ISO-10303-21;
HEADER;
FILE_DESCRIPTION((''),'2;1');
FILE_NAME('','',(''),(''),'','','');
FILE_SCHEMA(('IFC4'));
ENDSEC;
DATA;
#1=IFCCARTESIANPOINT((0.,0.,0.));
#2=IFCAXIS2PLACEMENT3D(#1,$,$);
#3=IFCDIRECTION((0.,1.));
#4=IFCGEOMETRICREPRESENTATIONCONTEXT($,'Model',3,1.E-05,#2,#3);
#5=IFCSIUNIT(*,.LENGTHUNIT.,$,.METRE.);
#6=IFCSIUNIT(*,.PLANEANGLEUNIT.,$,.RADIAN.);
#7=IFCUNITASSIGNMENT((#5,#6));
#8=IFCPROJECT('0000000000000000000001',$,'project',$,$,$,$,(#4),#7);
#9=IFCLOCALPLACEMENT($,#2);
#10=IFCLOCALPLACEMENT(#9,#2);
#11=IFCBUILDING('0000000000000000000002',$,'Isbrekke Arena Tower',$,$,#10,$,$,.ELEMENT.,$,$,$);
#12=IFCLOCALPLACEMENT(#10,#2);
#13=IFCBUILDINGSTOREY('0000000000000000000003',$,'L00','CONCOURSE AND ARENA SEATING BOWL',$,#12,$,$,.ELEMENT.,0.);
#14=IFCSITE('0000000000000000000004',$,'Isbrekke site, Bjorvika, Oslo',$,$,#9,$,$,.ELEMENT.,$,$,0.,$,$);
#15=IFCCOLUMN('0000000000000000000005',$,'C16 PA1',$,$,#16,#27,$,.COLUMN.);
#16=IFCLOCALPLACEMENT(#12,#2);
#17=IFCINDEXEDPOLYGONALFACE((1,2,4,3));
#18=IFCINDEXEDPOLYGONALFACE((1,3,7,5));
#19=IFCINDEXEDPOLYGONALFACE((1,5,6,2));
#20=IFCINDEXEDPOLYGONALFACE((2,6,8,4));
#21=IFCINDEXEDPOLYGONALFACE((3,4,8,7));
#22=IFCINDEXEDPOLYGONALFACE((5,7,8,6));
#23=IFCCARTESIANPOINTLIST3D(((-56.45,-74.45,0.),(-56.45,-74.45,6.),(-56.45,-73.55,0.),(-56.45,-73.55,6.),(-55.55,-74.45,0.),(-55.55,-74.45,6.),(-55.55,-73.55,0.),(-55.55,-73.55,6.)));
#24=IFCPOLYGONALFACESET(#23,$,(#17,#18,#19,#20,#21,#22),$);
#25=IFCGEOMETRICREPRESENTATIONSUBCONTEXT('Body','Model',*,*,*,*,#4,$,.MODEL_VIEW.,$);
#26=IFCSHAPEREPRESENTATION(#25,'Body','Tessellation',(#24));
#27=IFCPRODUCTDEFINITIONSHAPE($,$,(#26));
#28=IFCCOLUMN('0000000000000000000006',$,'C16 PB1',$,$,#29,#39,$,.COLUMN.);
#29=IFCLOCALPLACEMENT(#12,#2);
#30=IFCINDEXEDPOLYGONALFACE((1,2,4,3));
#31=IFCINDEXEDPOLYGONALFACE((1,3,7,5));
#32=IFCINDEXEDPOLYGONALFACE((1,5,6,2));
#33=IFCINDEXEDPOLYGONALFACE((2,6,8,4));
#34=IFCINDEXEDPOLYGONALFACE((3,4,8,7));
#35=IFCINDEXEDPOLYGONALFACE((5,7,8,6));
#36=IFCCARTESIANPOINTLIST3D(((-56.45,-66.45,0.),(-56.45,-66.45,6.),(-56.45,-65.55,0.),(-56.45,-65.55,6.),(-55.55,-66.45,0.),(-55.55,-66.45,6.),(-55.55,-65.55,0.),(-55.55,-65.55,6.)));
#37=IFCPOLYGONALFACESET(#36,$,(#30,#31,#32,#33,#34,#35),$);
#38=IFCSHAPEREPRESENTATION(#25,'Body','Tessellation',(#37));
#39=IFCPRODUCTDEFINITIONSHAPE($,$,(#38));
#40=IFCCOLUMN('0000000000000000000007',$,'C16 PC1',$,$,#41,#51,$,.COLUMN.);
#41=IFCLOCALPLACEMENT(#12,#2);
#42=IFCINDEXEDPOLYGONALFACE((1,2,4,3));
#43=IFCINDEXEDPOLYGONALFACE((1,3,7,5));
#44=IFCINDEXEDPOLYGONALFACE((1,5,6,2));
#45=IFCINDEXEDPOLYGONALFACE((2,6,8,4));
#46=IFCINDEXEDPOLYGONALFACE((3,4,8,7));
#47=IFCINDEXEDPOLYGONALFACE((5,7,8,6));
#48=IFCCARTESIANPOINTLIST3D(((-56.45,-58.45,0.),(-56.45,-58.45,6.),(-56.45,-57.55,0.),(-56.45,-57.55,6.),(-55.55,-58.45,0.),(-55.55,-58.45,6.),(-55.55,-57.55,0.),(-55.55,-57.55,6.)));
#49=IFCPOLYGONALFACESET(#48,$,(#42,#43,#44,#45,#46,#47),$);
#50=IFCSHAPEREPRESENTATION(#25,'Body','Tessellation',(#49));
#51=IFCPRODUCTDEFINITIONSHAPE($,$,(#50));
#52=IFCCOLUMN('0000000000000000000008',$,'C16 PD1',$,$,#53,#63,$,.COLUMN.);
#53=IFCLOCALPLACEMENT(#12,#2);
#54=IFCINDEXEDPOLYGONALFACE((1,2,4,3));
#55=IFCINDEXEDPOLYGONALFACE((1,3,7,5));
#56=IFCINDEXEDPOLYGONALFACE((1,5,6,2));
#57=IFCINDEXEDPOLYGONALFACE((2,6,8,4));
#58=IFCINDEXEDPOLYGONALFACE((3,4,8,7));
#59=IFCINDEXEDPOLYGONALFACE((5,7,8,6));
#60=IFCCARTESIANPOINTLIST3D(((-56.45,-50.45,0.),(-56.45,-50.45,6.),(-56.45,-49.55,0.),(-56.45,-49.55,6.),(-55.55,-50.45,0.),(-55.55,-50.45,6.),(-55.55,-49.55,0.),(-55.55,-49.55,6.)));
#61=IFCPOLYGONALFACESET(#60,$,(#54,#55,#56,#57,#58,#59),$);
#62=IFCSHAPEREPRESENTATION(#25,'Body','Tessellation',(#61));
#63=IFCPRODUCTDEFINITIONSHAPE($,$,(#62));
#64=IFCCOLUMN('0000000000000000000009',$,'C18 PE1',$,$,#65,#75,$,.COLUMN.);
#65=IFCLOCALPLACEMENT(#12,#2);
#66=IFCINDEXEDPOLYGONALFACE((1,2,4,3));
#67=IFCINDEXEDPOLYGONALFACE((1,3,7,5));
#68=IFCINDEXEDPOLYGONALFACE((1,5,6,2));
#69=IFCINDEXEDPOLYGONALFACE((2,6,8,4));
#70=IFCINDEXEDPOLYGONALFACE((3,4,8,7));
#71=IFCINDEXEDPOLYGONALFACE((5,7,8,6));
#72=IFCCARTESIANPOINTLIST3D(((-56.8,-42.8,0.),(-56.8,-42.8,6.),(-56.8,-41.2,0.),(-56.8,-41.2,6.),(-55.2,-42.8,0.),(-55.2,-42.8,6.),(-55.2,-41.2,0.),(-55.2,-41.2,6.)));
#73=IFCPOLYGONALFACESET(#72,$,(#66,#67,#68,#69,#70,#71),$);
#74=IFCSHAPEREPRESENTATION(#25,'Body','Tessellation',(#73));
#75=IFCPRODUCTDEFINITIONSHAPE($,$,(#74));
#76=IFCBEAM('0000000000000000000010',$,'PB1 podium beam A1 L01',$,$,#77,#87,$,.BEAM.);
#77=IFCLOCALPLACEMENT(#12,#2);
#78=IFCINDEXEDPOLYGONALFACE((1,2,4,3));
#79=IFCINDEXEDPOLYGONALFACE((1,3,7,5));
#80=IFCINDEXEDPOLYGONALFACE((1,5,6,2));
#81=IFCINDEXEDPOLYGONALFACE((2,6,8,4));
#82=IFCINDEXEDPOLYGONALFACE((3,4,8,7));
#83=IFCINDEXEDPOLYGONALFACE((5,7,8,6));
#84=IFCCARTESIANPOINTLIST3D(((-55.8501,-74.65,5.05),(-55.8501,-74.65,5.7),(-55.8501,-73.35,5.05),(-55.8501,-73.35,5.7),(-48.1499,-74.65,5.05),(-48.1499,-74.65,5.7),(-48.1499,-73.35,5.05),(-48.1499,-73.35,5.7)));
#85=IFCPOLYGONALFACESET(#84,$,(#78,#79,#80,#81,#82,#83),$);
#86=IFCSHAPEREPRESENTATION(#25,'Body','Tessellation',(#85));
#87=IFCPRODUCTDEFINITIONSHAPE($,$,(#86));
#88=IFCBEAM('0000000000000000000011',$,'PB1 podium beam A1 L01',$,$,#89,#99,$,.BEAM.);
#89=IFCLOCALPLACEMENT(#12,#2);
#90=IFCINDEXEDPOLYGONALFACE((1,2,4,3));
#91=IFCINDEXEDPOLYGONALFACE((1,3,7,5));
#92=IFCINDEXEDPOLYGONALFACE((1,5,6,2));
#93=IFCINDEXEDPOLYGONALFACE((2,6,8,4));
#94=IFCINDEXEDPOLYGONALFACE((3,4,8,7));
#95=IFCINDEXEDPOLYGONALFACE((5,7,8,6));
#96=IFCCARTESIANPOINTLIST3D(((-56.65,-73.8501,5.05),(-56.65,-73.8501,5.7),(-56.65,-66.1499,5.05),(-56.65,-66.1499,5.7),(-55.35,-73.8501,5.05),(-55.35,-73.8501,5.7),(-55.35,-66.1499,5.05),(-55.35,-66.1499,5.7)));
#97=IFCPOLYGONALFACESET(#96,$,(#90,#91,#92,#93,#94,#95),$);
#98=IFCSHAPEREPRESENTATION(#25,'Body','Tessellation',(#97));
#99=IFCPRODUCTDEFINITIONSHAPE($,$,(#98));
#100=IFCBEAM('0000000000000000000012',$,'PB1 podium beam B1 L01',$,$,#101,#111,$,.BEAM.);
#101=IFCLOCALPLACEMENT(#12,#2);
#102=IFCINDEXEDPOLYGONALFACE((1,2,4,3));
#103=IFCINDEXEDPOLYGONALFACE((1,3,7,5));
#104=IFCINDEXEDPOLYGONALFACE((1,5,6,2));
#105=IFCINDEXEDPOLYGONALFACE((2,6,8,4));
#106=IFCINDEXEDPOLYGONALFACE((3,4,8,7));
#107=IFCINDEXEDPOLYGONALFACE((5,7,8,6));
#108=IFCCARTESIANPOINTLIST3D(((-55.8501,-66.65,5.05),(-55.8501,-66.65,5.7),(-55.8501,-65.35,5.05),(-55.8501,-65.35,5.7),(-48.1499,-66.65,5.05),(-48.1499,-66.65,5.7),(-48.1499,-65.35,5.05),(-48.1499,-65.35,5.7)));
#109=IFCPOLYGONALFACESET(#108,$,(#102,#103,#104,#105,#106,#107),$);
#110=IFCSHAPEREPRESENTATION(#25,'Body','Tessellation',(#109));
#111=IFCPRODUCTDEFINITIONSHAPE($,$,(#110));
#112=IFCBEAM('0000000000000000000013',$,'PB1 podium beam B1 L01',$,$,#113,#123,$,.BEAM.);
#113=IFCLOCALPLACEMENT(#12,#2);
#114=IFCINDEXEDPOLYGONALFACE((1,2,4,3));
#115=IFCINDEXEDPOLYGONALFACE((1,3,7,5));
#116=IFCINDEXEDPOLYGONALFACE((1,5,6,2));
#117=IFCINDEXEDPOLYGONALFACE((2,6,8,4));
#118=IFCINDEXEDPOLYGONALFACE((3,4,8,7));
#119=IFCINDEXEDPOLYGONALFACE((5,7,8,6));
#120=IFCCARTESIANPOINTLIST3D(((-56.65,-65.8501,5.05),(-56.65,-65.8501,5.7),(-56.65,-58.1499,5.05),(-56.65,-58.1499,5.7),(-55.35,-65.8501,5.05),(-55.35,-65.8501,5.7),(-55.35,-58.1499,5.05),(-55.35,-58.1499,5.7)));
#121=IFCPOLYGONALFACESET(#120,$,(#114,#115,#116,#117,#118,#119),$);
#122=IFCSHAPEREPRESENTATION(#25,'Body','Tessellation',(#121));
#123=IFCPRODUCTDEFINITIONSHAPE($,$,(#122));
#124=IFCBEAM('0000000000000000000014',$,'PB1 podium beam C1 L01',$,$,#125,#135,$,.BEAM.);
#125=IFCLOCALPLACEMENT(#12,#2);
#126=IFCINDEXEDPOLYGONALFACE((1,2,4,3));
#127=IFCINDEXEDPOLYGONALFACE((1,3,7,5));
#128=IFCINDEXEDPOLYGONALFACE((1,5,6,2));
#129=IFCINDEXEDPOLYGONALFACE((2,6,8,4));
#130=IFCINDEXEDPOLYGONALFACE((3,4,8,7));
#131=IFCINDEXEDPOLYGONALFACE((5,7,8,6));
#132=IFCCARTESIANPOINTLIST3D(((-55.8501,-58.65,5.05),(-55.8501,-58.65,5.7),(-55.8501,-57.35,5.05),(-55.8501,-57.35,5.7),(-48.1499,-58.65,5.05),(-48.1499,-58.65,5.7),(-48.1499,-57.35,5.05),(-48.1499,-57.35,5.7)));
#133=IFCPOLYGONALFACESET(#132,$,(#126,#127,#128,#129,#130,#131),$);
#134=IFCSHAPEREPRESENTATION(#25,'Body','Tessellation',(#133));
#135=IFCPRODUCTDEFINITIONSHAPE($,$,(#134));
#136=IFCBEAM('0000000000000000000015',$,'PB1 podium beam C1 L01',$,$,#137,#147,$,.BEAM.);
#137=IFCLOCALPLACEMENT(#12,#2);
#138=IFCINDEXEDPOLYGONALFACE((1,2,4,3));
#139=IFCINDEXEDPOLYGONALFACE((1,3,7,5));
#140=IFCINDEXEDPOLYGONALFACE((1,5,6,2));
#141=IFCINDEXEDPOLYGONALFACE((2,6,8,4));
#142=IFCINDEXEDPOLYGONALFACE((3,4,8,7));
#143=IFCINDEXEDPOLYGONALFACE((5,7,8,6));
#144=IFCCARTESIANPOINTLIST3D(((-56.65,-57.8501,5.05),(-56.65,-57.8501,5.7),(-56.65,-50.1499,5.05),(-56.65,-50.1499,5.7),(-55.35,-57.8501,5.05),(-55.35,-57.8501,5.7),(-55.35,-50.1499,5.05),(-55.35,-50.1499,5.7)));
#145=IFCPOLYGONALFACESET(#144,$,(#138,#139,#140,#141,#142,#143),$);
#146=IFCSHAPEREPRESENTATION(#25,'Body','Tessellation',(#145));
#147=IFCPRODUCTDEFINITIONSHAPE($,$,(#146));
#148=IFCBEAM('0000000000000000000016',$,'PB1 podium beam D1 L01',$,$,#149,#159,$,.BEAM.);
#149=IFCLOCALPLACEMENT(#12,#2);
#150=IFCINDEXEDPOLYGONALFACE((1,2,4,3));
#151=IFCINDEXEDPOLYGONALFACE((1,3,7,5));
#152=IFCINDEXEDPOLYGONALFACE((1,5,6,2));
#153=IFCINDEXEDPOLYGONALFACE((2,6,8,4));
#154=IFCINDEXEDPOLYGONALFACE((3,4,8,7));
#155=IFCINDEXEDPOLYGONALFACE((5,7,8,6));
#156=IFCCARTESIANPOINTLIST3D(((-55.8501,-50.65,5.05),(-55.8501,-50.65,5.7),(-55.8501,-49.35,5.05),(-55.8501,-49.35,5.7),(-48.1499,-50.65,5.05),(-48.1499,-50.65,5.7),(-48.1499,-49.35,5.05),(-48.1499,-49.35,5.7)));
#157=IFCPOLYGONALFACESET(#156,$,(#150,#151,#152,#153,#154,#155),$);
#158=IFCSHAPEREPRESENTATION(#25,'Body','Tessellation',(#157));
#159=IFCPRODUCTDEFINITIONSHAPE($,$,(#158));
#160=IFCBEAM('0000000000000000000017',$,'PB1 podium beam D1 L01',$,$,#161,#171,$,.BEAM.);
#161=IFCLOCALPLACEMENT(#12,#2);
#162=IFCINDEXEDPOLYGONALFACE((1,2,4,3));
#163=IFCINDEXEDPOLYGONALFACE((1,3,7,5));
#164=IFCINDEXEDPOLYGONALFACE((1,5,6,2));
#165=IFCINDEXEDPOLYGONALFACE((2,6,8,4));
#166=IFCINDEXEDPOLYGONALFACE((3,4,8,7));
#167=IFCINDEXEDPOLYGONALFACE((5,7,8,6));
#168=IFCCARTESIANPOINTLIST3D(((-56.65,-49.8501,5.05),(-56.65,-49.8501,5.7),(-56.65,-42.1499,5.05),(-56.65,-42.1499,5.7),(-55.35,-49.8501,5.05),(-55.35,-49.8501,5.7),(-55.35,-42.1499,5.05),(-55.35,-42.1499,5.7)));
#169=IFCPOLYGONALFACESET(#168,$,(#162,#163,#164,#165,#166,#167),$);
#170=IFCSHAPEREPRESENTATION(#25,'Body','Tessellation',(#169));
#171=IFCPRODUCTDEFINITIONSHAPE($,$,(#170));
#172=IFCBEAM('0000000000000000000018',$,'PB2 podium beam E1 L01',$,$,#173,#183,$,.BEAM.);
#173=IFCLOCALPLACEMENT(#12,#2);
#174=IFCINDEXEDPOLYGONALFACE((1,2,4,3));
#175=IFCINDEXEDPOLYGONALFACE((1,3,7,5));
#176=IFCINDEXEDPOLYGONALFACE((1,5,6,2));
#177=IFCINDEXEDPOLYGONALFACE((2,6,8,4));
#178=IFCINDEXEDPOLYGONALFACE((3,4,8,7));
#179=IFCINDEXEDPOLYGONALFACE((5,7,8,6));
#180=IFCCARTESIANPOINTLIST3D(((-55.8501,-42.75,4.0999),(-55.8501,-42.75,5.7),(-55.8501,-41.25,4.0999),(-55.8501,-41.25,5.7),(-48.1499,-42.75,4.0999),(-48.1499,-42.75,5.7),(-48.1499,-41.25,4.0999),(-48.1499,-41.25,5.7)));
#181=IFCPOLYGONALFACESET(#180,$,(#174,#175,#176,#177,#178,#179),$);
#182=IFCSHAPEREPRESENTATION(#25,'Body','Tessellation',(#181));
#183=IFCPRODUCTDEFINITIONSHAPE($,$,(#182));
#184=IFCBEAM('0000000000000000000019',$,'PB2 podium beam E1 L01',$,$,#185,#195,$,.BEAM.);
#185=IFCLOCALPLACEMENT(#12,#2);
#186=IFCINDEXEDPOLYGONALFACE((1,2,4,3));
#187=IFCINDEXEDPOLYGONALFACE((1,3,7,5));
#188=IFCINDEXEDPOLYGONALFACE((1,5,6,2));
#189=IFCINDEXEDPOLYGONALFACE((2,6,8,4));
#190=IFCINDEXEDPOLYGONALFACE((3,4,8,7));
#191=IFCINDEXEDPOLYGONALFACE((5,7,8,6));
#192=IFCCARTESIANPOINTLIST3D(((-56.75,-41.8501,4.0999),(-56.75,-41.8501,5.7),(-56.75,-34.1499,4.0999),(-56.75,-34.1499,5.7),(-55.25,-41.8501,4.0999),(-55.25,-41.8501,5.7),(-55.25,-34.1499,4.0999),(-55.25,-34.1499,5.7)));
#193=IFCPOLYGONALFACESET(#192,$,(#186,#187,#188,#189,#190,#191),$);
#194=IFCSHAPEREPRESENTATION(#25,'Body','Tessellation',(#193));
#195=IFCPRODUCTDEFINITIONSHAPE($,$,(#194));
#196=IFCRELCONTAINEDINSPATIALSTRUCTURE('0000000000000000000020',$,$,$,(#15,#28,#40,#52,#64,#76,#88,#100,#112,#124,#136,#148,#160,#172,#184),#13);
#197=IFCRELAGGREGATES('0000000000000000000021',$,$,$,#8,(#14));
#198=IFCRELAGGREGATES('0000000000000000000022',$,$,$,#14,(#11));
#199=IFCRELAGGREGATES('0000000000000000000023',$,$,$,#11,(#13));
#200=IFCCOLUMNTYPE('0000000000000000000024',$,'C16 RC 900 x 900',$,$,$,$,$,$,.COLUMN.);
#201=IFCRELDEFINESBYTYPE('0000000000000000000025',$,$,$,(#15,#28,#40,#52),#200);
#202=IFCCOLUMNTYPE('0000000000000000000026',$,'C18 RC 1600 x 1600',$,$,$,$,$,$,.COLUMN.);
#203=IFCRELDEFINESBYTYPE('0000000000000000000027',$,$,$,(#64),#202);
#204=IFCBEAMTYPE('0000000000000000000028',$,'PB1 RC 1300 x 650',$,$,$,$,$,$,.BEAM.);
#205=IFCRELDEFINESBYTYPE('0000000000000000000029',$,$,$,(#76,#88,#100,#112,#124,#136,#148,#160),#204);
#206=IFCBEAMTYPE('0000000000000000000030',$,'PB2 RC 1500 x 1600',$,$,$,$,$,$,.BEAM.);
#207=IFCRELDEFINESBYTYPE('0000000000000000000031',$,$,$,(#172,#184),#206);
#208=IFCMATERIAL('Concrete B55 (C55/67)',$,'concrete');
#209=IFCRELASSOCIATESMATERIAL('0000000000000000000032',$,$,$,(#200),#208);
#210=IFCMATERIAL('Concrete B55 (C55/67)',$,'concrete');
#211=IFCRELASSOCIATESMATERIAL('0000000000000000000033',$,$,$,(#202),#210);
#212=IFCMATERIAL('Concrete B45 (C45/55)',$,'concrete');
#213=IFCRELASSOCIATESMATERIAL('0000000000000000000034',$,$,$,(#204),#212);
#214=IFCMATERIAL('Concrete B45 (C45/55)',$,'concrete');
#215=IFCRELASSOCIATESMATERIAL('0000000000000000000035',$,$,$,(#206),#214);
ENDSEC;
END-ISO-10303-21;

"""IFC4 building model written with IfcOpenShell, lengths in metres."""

from ifc_helpers import new_model, si_unit, direction, frame, origin, origin_2d, place, context, subcontext, project, spatial, rectangle, extrude, material, material_profile, profile_set, type_object, element, save


model = new_model("IFC4")

# Units and contexts
model_context = context("Model", 3, precision=1e-05, world=origin(), true_north=direction((0.0, 1.0)))
body_context = subcontext(model_context, "Body", "Model", "MODEL_VIEW")
ifc_project = project(units=[si_unit("LENGTHUNIT", "METRE"), si_unit("PLANEANGLEUNIT", "RADIAN")], contexts=[model_context])

# Site, building, storey
site_placement = place(None, origin())
site = spatial("IfcSite", under=ifc_project, at=site_placement, Name="Isbrekke site, Bjorvika, Oslo", CompositionType="ELEMENT", RefElevation=0.0)
building_placement = place(site_placement, origin())
building = spatial("IfcBuilding", under=site, at=building_placement, Name="Isbrekke Arena Tower", CompositionType="ELEMENT")
storey_placement = place(building_placement, origin())
storey = spatial("IfcBuildingStorey", under=building, at=storey_placement, Name="L00", Description="CONCOURSE AND ARENA SEATING BOWL", CompositionType="ELEMENT", Elevation=0.0)

# Columns
ifc_material_1 = material(Name="Concrete B55 (C55/67)", Category="concrete")
ifc_material_profile_1 = material_profile(ifc_material_1, rectangle(XDim=0.8999, YDim=0.8999, at=origin_2d()), Name="RC 900x900")
ifc_profile_set_1 = profile_set([ifc_material_profile_1], Name="Concrete B55 (C55/67)")
column_type_1 = type_object("IfcColumnType", Name="C16 RC 900 x 900", PredefinedType="COLUMN", material=ifc_profile_set_1)
for number, where, z_axis, x_axis, name in (
    (1, (-56.0, -74.0, 0.0), (0.0, 0.0, 1.0), (1.0, 0.0, 0.0), "C16 PA1"),
    (2, (-56.0, -66.0, 0.0), (0.0, 0.0, 1.0), (1.0, 0.0, 0.0), "C16 PB1"),
    (3, (-56.0, -58.0, 0.0), (0.0, 0.0, 1.0), (1.0, 0.0, 0.0), "C16 PC1"),
    (4, (-56.0, -50.0, 0.0), (0.0, 0.0, 1.0), (1.0, 0.0, 0.0), "C16 PD1"),
):
    element("IfcColumn", number, at=place(storey_placement, frame(where, z_axis=z_axis, x_axis=x_axis)), inside=storey, type_object=column_type_1, Name=name, PredefinedType="COLUMN", context=body_context, shape_type="SweptSolid", body=[
        extrude(rectangle(XDim=0.8999, YDim=0.8999, at=origin_2d()), origin(), (0.0, 0.0, 1.0), 6.0),
    ])
ifc_material_2 = material(Name="Concrete B55 (C55/67)", Category="concrete")
ifc_material_profile_2 = material_profile(ifc_material_2, rectangle(XDim=1.6001, YDim=1.6001, at=origin_2d()), Name="RC 1600x1600")
ifc_profile_set_2 = profile_set([ifc_material_profile_2], Name="Concrete B55 (C55/67)")
column_type_2 = type_object("IfcColumnType", Name="C18 RC 1600 x 1600", PredefinedType="COLUMN", material=ifc_profile_set_2)
column_placement = place(storey_placement, frame((-56.0, -42.0, 0.0), z_axis=(0.0, 0.0, 1.0), x_axis=(1.0, 0.0, 0.0)))
element("IfcColumn", 5, at=column_placement, inside=storey, type_object=column_type_2, Name="C18 PE1", PredefinedType="COLUMN", context=body_context, shape_type="SweptSolid", body=[
    extrude(rectangle(XDim=1.6001, YDim=1.6001, at=origin_2d()), origin(), (0.0, 0.0, 1.0), 6.0),
])

# Beams
ifc_material_3 = material(Name="Concrete B45 (C45/55)", Category="concrete")
ifc_material_profile_3 = material_profile(ifc_material_3, rectangle(XDim=1.3, YDim=0.6499, at=origin_2d()), Name="RC 1300x650")
ifc_profile_set_3 = profile_set([ifc_material_profile_3], Name="Concrete B45 (C45/55)")
beam_type_1 = type_object("IfcBeamType", Name="PB1 RC 1300 x 650", PredefinedType="BEAM", material=ifc_profile_set_3)
for number, where, z_axis, x_axis, name in (
    (6, (-55.8501, -74.0, 5.375), (1.0, 0.0, 0.0), (0.0, 1.0, 0.0), "PB1 podium beam A1 L01"),
    (7, (-56.0, -73.8501, 5.375), (0.0, 1.0, 0.0), (-1.0, 0.0, 0.0), "PB1 podium beam A1 L01"),
    (8, (-55.8501, -66.0, 5.375), (1.0, 0.0, 0.0), (0.0, 1.0, 0.0), "PB1 podium beam B1 L01"),
    (9, (-56.0, -65.8501, 5.375), (0.0, 1.0, 0.0), (-1.0, 0.0, 0.0), "PB1 podium beam B1 L01"),
    (10, (-55.8501, -58.0, 5.375), (1.0, 0.0, 0.0), (0.0, 1.0, 0.0), "PB1 podium beam C1 L01"),
    (11, (-56.0, -57.8501, 5.375), (0.0, 1.0, 0.0), (-1.0, 0.0, 0.0), "PB1 podium beam C1 L01"),
    (12, (-55.8501, -50.0, 5.375), (1.0, 0.0, 0.0), (0.0, 1.0, 0.0), "PB1 podium beam D1 L01"),
    (13, (-56.0, -49.8501, 5.375), (0.0, 1.0, 0.0), (-1.0, 0.0, 0.0), "PB1 podium beam D1 L01"),
):
    element("IfcBeam", number, at=place(storey_placement, frame(where, z_axis=z_axis, x_axis=x_axis)), inside=storey, type_object=beam_type_1, Name=name, PredefinedType="BEAM", context=body_context, shape_type="SweptSolid", body=[
        extrude(rectangle(XDim=1.3, YDim=0.6499, at=origin_2d()), origin(), (0.0, 0.0, 1.0), 7.7002),
    ])
ifc_material_4 = material(Name="Concrete B45 (C45/55)", Category="concrete")
ifc_material_profile_4 = material_profile(ifc_material_4, rectangle(XDim=1.5, YDim=1.6001, at=origin_2d()), Name="RC 1500x1600")
ifc_profile_set_4 = profile_set([ifc_material_profile_4], Name="Concrete B45 (C45/55)")
beam_type_2 = type_object("IfcBeamType", Name="PB2 RC 1500 x 1600", PredefinedType="BEAM", material=ifc_profile_set_4)
for number, where, z_axis, x_axis, name in (
    (14, (-55.8501, -42.0, 4.8999), (1.0, 0.0, 0.0), (0.0, 1.0, 0.0), "PB2 podium beam E1 L01"),
    (15, (-56.0, -41.8501, 4.8999), (0.0, 1.0, 0.0), (-1.0, 0.0, 0.0), "PB2 podium beam E1 L01"),
):
    element("IfcBeam", number, at=place(storey_placement, frame(where, z_axis=z_axis, x_axis=x_axis)), inside=storey, type_object=beam_type_2, Name=name, PredefinedType="BEAM", context=body_context, shape_type="SweptSolid", body=[
        extrude(rectangle(XDim=1.5, YDim=1.6001, at=origin_2d()), origin(), (0.0, 0.0, 1.0), 7.7002),
    ])

save(model, "model.ifc")
